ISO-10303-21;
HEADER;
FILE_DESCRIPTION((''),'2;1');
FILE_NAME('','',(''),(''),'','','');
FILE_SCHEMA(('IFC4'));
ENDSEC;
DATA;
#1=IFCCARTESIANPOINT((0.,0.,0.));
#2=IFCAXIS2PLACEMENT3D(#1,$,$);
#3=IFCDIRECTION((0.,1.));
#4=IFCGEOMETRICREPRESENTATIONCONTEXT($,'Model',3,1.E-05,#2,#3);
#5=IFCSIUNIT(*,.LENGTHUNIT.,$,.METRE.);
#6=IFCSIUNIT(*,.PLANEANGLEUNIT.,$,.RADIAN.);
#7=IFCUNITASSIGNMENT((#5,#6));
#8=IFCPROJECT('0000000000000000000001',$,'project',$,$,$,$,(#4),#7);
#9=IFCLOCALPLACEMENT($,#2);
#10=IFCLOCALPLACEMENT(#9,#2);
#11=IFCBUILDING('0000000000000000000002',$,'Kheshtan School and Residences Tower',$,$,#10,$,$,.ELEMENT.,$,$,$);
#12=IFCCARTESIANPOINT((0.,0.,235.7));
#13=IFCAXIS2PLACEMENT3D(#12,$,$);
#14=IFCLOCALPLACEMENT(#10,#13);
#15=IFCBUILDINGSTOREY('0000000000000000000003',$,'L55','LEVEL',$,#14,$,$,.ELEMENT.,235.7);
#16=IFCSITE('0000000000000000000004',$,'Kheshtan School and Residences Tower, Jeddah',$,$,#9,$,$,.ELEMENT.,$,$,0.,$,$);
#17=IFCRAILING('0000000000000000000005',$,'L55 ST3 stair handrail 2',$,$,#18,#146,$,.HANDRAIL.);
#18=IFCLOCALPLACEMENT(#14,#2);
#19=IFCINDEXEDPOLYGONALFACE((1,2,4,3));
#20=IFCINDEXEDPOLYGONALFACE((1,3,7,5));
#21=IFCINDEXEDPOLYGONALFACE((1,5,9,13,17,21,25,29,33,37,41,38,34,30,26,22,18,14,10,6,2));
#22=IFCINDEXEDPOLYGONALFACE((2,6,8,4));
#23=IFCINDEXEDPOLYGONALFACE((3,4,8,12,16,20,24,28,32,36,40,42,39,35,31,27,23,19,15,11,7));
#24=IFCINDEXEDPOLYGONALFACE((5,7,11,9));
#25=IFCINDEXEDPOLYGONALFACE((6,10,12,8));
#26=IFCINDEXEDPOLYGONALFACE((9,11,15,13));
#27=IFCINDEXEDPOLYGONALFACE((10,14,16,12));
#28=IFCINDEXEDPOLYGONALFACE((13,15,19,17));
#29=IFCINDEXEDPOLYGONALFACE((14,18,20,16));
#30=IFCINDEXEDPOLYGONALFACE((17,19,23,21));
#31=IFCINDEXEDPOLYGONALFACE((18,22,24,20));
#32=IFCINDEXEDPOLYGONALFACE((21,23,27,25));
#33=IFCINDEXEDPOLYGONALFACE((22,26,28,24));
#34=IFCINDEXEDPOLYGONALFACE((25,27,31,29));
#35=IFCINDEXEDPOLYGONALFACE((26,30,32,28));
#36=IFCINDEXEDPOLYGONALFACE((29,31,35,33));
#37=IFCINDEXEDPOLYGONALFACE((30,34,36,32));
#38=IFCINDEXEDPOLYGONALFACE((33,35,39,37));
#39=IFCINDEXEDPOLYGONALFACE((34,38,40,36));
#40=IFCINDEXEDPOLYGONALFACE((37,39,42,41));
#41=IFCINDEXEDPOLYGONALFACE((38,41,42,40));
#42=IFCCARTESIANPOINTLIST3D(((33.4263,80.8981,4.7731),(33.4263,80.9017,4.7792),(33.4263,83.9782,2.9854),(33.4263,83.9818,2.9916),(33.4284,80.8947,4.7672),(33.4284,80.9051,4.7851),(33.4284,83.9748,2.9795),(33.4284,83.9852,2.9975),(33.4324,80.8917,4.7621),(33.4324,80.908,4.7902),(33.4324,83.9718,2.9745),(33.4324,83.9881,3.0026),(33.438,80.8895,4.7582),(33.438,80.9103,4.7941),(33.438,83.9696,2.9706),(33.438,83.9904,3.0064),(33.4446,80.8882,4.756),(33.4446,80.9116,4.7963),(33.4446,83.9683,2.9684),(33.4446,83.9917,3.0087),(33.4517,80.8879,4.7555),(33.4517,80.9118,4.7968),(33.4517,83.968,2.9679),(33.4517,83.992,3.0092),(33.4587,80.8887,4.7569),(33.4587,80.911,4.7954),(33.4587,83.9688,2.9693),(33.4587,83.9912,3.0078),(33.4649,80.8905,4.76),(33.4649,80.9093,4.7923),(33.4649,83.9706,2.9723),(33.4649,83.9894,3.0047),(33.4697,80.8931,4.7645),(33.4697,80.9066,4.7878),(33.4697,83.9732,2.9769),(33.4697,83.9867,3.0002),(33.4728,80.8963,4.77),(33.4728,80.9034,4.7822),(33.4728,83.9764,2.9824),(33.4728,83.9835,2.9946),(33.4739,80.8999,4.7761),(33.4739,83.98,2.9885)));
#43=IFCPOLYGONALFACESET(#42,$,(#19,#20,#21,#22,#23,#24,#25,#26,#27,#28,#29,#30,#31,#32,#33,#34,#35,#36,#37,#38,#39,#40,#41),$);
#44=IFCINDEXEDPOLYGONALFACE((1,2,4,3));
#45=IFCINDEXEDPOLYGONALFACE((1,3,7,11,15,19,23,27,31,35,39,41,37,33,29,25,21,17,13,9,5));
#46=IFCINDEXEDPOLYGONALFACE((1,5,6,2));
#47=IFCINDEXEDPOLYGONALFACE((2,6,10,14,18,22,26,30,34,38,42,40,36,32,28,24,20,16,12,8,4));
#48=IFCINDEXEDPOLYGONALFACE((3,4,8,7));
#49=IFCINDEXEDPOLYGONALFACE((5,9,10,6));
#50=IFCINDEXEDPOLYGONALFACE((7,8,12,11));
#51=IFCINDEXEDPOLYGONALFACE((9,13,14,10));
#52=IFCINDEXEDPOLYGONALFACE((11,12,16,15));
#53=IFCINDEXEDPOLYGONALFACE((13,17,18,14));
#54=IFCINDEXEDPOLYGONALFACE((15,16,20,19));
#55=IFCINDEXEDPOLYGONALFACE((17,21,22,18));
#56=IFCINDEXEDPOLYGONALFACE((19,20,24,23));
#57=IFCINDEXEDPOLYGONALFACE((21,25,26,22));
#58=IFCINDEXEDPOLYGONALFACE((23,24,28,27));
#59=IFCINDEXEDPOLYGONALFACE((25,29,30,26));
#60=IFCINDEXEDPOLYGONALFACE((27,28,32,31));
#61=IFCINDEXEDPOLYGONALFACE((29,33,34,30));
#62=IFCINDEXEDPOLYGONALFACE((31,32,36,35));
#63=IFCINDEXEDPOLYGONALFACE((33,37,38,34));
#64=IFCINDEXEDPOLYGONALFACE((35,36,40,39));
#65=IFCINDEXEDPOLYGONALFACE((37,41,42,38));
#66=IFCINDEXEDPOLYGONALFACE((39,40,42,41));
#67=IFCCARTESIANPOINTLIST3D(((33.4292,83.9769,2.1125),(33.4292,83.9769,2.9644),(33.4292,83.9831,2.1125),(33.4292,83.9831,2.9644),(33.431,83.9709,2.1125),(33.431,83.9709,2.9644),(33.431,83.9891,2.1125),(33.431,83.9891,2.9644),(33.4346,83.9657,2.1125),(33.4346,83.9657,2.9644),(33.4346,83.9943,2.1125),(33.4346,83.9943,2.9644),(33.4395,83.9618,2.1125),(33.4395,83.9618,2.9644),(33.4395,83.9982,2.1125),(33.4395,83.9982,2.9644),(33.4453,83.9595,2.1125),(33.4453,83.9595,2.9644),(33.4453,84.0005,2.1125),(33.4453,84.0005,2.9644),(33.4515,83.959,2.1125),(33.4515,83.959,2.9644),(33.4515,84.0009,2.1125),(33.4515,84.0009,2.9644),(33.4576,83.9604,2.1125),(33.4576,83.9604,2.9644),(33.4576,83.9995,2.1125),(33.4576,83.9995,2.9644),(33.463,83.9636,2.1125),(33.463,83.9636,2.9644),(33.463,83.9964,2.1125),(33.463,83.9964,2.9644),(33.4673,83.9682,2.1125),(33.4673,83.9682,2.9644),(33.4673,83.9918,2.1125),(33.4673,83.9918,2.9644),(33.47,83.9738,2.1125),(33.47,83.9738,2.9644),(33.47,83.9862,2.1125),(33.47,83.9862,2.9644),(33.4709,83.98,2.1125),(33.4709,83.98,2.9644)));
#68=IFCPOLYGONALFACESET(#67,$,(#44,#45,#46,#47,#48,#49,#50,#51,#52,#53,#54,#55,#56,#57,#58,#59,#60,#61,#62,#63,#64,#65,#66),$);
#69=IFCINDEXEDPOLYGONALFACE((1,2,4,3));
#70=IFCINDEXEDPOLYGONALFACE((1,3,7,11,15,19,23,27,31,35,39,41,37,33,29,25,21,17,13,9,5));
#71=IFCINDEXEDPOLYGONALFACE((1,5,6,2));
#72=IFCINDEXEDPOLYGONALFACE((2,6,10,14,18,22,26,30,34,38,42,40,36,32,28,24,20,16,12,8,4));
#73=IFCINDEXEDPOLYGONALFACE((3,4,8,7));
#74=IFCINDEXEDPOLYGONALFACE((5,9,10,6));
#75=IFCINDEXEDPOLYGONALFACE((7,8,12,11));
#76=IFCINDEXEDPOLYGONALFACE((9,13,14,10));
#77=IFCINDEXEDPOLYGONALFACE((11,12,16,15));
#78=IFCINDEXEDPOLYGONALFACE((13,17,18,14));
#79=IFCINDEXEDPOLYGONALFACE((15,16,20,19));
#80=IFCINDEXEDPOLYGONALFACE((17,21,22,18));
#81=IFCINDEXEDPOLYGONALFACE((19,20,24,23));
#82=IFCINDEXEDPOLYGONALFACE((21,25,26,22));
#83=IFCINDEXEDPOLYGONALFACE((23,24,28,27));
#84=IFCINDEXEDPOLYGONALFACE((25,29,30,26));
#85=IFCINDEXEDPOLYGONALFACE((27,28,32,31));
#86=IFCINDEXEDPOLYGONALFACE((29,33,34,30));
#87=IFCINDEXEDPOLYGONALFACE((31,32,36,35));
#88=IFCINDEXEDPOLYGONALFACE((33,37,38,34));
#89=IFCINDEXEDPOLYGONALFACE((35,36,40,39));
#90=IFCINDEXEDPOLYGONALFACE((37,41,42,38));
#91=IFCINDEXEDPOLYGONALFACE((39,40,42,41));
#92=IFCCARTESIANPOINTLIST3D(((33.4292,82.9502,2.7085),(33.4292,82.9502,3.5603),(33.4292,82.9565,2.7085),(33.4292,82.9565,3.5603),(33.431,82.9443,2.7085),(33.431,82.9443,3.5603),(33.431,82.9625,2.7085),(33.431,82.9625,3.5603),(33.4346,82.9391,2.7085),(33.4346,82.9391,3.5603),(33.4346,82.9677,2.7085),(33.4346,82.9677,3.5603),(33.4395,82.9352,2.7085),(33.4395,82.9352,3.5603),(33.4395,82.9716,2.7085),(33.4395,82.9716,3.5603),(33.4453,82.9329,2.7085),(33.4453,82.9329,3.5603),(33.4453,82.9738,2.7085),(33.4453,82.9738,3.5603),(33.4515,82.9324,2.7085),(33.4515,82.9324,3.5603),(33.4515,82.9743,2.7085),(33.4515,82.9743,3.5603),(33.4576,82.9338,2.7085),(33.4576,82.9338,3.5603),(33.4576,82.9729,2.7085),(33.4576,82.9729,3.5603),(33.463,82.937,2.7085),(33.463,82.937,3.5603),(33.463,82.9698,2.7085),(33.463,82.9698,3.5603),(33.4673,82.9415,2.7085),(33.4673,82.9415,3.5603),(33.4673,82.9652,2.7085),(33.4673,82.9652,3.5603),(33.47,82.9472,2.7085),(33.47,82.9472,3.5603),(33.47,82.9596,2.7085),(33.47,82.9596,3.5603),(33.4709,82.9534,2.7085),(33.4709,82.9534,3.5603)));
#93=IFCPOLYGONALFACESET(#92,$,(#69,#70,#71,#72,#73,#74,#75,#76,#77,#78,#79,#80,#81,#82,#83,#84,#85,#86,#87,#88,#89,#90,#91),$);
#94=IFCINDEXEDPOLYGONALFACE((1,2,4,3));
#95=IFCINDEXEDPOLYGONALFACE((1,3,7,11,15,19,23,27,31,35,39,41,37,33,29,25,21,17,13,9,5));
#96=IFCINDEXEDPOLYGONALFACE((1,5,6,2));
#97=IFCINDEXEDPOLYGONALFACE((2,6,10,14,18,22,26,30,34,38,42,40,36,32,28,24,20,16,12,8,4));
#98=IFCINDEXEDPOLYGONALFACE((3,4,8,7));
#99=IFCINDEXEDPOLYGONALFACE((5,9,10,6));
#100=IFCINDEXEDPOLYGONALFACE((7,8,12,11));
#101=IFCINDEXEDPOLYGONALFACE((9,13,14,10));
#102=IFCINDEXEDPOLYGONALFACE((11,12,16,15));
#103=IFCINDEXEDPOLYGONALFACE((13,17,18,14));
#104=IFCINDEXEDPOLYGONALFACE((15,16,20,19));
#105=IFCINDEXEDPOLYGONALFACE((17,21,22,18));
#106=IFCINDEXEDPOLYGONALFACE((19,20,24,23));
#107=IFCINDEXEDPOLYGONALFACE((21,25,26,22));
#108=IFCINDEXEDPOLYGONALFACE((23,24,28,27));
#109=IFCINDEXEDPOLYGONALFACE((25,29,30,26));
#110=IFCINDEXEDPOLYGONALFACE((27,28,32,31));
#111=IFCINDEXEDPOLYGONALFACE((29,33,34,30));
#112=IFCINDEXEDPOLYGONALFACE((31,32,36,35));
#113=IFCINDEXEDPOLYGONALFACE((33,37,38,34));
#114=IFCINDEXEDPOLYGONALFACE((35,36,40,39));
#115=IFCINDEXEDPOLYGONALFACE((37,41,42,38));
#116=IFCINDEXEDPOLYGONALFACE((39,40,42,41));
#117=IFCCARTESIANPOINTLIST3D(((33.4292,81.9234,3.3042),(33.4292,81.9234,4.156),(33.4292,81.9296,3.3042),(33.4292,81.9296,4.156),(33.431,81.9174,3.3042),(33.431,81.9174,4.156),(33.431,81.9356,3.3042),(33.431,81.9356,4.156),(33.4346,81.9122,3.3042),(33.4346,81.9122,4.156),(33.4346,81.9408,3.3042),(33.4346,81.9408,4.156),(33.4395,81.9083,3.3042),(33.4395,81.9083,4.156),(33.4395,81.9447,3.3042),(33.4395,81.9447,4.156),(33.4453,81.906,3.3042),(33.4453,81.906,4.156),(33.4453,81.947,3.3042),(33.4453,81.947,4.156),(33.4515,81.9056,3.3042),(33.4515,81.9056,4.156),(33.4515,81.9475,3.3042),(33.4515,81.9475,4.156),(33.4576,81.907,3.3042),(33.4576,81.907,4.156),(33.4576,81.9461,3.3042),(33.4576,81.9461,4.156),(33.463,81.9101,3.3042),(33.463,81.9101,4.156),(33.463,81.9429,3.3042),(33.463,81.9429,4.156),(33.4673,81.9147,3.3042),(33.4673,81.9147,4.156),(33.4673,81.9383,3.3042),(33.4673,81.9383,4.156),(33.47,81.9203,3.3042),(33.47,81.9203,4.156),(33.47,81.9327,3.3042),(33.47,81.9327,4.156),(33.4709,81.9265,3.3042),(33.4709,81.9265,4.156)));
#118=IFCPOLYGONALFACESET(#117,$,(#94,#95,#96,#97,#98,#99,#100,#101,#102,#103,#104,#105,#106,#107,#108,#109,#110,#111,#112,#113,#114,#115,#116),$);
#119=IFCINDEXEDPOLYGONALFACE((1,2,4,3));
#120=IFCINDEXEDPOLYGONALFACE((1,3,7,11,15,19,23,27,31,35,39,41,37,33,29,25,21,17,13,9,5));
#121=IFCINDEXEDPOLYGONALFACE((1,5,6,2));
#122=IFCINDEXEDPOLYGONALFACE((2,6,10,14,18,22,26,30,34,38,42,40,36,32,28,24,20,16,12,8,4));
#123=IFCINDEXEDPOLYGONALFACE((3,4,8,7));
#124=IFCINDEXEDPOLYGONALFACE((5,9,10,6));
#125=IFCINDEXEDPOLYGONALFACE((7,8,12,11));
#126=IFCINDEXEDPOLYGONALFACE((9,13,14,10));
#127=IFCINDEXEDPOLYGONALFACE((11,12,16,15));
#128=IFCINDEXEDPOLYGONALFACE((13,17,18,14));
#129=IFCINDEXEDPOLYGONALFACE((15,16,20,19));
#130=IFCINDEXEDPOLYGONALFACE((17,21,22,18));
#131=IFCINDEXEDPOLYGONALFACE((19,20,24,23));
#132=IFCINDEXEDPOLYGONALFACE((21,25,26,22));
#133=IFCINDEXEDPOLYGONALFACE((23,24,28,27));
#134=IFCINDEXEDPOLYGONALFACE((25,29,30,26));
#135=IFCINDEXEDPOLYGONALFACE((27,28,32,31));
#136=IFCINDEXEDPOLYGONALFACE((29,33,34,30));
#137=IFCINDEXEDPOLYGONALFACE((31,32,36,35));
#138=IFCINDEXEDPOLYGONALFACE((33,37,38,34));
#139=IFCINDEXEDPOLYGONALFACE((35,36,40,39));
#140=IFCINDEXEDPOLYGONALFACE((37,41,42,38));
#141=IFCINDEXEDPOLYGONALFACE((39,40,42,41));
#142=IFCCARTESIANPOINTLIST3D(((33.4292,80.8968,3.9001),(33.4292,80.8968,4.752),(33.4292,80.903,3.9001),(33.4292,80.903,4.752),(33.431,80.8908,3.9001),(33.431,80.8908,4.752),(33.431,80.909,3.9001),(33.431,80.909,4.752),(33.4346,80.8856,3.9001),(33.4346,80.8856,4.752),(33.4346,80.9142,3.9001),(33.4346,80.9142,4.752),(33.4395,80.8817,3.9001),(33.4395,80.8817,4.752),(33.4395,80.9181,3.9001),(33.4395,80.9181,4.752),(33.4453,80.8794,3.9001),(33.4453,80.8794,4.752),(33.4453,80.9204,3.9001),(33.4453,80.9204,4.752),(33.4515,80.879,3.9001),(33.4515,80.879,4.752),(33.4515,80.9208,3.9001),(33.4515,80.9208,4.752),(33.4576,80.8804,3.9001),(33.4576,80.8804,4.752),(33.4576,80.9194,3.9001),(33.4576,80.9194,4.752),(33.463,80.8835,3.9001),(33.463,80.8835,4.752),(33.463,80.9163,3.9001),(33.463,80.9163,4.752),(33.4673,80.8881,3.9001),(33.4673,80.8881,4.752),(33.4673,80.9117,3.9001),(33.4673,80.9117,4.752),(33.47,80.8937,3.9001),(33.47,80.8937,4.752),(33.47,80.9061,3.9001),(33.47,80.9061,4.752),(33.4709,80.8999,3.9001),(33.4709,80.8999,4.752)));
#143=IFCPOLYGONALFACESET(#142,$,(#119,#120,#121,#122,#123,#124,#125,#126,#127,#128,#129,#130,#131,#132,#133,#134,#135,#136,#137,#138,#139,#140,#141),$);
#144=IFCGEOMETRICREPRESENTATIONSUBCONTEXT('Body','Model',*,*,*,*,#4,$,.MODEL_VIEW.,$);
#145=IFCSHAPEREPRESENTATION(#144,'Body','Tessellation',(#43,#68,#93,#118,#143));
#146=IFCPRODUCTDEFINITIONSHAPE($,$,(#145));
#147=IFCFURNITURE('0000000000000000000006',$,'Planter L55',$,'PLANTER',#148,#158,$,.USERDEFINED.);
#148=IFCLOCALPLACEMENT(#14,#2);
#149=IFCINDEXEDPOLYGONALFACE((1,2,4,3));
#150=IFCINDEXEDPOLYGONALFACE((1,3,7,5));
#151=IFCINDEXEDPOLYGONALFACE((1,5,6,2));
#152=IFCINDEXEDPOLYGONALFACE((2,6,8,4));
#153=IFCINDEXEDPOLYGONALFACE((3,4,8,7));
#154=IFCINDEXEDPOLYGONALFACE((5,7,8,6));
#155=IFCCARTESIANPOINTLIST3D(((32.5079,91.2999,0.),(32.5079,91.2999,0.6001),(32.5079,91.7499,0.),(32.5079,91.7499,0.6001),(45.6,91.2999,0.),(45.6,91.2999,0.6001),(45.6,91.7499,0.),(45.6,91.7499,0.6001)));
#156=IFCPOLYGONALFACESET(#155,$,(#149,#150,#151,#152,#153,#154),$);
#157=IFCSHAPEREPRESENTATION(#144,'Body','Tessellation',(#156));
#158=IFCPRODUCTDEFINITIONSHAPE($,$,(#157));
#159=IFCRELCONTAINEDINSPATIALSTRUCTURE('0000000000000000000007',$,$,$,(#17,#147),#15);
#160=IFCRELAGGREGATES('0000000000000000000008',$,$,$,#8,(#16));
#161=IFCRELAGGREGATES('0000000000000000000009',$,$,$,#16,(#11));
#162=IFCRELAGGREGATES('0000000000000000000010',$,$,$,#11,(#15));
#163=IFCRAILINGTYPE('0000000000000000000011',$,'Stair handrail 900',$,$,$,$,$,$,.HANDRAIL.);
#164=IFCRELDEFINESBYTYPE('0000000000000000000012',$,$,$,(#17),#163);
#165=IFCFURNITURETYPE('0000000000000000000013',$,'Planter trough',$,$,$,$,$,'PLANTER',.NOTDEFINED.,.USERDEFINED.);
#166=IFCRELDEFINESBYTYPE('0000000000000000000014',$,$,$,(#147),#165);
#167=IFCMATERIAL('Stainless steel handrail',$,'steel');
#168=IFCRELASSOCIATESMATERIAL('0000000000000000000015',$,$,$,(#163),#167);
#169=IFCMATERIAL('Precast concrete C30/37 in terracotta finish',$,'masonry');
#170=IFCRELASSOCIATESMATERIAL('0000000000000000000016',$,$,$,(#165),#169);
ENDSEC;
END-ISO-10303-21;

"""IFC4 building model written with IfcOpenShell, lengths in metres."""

from ifc_helpers import new_model, si_unit, direction, frame, origin, origin_2d, place, context, subcontext, project, spatial, rectangle, circle, extrude, material, type_object, element, save


model = new_model("IFC4")

# Units and contexts
model_context = context("Model", 3, precision=1e-05, world=origin(), true_north=direction((0.0, 1.0)))
body_context = subcontext(model_context, "Body", "Model", "MODEL_VIEW")
ifc_project = project(units=[si_unit("LENGTHUNIT", "METRE"), si_unit("PLANEANGLEUNIT", "RADIAN")], contexts=[model_context])

# Site, building, storey
site_placement = place(None, origin())
site = spatial("IfcSite", under=ifc_project, at=site_placement, Name="Kheshtan School and Residences Tower, Jeddah", CompositionType="ELEMENT", RefElevation=0.0)
building_placement = place(site_placement, origin())
building = spatial("IfcBuilding", under=site, at=building_placement, Name="Kheshtan School and Residences Tower", CompositionType="ELEMENT")
storey_placement = place(building_placement, frame((0.0, 0.0, 235.7)))
storey = spatial("IfcBuildingStorey", under=building, at=storey_placement, Name="L55", Description="LEVEL", CompositionType="ELEMENT", Elevation=235.7)

# Railing
ifc_material_1 = material(Name="Stainless steel handrail", Category="steel")
railing_type_1 = type_object("IfcRailingType", Name="Stair handrail 900", PredefinedType="HANDRAIL", material=ifc_material_1)
railing_1_placement = place(storey_placement, frame((33.45, 83.98, 2.1125)))
element("IfcRailing", 1, at=railing_1_placement, inside=storey, type_object=railing_type_1, Name="L55 ST3 stair handrail 2", PredefinedType="HANDRAIL", context=body_context, shape_type="SweptSolid", body=[
    extrude(circle(Radius=0.0239, at=origin_2d()), frame((0.0, 0.0, 0.876), z_axis=(0.0, -0.864891, 0.50196), x_axis=(1.0, 0.0, 0.0)), (0.0, 0.0, 1.0), 3.5613),
    extrude(circle(Radius=0.021, at=origin_2d()), origin(), (0.0, 0.0, 1.0), 0.8518),
    extrude(circle(Radius=0.021, at=origin_2d()), frame((0.0, -1.0266, 0.5959)), (0.0, 0.0, 1.0), 0.8518),
    extrude(circle(Radius=0.021, at=origin_2d()), frame((0.0, -2.0535, 1.1917)), (0.0, 0.0, 1.0), 0.8518),
    extrude(circle(Radius=0.021, at=origin_2d()), frame((0.0, -3.0801, 1.7876)), (0.0, 0.0, 1.0), 0.8518),
])

# Furniture
ifc_material_2 = material(Name="Precast concrete C30/37 in terracotta finish", Category="masonry")
furniture_type = type_object("IfcFurnitureType", Name="Planter trough", ElementType="PLANTER", AssemblyPlace="NOTDEFINED", PredefinedType="USERDEFINED", material=ifc_material_2)
furniture_placement = place(storey_placement, frame((39.054, 91.5249, 0.0), z_axis=(0.0, 0.0, 1.0), x_axis=(1.0, 0.0, 0.0)))
element("IfcFurniture", 2, at=furniture_placement, inside=storey, type_object=furniture_type, Name="Planter L55", ObjectType="PLANTER", PredefinedType="USERDEFINED", context=body_context, shape_type="SweptSolid", body=[
    extrude(rectangle(XDim=13.092, YDim=0.45, at=origin_2d()), origin(), (0.0, 0.0, 1.0), 0.6001),
])

save(model, "model.ifc")
